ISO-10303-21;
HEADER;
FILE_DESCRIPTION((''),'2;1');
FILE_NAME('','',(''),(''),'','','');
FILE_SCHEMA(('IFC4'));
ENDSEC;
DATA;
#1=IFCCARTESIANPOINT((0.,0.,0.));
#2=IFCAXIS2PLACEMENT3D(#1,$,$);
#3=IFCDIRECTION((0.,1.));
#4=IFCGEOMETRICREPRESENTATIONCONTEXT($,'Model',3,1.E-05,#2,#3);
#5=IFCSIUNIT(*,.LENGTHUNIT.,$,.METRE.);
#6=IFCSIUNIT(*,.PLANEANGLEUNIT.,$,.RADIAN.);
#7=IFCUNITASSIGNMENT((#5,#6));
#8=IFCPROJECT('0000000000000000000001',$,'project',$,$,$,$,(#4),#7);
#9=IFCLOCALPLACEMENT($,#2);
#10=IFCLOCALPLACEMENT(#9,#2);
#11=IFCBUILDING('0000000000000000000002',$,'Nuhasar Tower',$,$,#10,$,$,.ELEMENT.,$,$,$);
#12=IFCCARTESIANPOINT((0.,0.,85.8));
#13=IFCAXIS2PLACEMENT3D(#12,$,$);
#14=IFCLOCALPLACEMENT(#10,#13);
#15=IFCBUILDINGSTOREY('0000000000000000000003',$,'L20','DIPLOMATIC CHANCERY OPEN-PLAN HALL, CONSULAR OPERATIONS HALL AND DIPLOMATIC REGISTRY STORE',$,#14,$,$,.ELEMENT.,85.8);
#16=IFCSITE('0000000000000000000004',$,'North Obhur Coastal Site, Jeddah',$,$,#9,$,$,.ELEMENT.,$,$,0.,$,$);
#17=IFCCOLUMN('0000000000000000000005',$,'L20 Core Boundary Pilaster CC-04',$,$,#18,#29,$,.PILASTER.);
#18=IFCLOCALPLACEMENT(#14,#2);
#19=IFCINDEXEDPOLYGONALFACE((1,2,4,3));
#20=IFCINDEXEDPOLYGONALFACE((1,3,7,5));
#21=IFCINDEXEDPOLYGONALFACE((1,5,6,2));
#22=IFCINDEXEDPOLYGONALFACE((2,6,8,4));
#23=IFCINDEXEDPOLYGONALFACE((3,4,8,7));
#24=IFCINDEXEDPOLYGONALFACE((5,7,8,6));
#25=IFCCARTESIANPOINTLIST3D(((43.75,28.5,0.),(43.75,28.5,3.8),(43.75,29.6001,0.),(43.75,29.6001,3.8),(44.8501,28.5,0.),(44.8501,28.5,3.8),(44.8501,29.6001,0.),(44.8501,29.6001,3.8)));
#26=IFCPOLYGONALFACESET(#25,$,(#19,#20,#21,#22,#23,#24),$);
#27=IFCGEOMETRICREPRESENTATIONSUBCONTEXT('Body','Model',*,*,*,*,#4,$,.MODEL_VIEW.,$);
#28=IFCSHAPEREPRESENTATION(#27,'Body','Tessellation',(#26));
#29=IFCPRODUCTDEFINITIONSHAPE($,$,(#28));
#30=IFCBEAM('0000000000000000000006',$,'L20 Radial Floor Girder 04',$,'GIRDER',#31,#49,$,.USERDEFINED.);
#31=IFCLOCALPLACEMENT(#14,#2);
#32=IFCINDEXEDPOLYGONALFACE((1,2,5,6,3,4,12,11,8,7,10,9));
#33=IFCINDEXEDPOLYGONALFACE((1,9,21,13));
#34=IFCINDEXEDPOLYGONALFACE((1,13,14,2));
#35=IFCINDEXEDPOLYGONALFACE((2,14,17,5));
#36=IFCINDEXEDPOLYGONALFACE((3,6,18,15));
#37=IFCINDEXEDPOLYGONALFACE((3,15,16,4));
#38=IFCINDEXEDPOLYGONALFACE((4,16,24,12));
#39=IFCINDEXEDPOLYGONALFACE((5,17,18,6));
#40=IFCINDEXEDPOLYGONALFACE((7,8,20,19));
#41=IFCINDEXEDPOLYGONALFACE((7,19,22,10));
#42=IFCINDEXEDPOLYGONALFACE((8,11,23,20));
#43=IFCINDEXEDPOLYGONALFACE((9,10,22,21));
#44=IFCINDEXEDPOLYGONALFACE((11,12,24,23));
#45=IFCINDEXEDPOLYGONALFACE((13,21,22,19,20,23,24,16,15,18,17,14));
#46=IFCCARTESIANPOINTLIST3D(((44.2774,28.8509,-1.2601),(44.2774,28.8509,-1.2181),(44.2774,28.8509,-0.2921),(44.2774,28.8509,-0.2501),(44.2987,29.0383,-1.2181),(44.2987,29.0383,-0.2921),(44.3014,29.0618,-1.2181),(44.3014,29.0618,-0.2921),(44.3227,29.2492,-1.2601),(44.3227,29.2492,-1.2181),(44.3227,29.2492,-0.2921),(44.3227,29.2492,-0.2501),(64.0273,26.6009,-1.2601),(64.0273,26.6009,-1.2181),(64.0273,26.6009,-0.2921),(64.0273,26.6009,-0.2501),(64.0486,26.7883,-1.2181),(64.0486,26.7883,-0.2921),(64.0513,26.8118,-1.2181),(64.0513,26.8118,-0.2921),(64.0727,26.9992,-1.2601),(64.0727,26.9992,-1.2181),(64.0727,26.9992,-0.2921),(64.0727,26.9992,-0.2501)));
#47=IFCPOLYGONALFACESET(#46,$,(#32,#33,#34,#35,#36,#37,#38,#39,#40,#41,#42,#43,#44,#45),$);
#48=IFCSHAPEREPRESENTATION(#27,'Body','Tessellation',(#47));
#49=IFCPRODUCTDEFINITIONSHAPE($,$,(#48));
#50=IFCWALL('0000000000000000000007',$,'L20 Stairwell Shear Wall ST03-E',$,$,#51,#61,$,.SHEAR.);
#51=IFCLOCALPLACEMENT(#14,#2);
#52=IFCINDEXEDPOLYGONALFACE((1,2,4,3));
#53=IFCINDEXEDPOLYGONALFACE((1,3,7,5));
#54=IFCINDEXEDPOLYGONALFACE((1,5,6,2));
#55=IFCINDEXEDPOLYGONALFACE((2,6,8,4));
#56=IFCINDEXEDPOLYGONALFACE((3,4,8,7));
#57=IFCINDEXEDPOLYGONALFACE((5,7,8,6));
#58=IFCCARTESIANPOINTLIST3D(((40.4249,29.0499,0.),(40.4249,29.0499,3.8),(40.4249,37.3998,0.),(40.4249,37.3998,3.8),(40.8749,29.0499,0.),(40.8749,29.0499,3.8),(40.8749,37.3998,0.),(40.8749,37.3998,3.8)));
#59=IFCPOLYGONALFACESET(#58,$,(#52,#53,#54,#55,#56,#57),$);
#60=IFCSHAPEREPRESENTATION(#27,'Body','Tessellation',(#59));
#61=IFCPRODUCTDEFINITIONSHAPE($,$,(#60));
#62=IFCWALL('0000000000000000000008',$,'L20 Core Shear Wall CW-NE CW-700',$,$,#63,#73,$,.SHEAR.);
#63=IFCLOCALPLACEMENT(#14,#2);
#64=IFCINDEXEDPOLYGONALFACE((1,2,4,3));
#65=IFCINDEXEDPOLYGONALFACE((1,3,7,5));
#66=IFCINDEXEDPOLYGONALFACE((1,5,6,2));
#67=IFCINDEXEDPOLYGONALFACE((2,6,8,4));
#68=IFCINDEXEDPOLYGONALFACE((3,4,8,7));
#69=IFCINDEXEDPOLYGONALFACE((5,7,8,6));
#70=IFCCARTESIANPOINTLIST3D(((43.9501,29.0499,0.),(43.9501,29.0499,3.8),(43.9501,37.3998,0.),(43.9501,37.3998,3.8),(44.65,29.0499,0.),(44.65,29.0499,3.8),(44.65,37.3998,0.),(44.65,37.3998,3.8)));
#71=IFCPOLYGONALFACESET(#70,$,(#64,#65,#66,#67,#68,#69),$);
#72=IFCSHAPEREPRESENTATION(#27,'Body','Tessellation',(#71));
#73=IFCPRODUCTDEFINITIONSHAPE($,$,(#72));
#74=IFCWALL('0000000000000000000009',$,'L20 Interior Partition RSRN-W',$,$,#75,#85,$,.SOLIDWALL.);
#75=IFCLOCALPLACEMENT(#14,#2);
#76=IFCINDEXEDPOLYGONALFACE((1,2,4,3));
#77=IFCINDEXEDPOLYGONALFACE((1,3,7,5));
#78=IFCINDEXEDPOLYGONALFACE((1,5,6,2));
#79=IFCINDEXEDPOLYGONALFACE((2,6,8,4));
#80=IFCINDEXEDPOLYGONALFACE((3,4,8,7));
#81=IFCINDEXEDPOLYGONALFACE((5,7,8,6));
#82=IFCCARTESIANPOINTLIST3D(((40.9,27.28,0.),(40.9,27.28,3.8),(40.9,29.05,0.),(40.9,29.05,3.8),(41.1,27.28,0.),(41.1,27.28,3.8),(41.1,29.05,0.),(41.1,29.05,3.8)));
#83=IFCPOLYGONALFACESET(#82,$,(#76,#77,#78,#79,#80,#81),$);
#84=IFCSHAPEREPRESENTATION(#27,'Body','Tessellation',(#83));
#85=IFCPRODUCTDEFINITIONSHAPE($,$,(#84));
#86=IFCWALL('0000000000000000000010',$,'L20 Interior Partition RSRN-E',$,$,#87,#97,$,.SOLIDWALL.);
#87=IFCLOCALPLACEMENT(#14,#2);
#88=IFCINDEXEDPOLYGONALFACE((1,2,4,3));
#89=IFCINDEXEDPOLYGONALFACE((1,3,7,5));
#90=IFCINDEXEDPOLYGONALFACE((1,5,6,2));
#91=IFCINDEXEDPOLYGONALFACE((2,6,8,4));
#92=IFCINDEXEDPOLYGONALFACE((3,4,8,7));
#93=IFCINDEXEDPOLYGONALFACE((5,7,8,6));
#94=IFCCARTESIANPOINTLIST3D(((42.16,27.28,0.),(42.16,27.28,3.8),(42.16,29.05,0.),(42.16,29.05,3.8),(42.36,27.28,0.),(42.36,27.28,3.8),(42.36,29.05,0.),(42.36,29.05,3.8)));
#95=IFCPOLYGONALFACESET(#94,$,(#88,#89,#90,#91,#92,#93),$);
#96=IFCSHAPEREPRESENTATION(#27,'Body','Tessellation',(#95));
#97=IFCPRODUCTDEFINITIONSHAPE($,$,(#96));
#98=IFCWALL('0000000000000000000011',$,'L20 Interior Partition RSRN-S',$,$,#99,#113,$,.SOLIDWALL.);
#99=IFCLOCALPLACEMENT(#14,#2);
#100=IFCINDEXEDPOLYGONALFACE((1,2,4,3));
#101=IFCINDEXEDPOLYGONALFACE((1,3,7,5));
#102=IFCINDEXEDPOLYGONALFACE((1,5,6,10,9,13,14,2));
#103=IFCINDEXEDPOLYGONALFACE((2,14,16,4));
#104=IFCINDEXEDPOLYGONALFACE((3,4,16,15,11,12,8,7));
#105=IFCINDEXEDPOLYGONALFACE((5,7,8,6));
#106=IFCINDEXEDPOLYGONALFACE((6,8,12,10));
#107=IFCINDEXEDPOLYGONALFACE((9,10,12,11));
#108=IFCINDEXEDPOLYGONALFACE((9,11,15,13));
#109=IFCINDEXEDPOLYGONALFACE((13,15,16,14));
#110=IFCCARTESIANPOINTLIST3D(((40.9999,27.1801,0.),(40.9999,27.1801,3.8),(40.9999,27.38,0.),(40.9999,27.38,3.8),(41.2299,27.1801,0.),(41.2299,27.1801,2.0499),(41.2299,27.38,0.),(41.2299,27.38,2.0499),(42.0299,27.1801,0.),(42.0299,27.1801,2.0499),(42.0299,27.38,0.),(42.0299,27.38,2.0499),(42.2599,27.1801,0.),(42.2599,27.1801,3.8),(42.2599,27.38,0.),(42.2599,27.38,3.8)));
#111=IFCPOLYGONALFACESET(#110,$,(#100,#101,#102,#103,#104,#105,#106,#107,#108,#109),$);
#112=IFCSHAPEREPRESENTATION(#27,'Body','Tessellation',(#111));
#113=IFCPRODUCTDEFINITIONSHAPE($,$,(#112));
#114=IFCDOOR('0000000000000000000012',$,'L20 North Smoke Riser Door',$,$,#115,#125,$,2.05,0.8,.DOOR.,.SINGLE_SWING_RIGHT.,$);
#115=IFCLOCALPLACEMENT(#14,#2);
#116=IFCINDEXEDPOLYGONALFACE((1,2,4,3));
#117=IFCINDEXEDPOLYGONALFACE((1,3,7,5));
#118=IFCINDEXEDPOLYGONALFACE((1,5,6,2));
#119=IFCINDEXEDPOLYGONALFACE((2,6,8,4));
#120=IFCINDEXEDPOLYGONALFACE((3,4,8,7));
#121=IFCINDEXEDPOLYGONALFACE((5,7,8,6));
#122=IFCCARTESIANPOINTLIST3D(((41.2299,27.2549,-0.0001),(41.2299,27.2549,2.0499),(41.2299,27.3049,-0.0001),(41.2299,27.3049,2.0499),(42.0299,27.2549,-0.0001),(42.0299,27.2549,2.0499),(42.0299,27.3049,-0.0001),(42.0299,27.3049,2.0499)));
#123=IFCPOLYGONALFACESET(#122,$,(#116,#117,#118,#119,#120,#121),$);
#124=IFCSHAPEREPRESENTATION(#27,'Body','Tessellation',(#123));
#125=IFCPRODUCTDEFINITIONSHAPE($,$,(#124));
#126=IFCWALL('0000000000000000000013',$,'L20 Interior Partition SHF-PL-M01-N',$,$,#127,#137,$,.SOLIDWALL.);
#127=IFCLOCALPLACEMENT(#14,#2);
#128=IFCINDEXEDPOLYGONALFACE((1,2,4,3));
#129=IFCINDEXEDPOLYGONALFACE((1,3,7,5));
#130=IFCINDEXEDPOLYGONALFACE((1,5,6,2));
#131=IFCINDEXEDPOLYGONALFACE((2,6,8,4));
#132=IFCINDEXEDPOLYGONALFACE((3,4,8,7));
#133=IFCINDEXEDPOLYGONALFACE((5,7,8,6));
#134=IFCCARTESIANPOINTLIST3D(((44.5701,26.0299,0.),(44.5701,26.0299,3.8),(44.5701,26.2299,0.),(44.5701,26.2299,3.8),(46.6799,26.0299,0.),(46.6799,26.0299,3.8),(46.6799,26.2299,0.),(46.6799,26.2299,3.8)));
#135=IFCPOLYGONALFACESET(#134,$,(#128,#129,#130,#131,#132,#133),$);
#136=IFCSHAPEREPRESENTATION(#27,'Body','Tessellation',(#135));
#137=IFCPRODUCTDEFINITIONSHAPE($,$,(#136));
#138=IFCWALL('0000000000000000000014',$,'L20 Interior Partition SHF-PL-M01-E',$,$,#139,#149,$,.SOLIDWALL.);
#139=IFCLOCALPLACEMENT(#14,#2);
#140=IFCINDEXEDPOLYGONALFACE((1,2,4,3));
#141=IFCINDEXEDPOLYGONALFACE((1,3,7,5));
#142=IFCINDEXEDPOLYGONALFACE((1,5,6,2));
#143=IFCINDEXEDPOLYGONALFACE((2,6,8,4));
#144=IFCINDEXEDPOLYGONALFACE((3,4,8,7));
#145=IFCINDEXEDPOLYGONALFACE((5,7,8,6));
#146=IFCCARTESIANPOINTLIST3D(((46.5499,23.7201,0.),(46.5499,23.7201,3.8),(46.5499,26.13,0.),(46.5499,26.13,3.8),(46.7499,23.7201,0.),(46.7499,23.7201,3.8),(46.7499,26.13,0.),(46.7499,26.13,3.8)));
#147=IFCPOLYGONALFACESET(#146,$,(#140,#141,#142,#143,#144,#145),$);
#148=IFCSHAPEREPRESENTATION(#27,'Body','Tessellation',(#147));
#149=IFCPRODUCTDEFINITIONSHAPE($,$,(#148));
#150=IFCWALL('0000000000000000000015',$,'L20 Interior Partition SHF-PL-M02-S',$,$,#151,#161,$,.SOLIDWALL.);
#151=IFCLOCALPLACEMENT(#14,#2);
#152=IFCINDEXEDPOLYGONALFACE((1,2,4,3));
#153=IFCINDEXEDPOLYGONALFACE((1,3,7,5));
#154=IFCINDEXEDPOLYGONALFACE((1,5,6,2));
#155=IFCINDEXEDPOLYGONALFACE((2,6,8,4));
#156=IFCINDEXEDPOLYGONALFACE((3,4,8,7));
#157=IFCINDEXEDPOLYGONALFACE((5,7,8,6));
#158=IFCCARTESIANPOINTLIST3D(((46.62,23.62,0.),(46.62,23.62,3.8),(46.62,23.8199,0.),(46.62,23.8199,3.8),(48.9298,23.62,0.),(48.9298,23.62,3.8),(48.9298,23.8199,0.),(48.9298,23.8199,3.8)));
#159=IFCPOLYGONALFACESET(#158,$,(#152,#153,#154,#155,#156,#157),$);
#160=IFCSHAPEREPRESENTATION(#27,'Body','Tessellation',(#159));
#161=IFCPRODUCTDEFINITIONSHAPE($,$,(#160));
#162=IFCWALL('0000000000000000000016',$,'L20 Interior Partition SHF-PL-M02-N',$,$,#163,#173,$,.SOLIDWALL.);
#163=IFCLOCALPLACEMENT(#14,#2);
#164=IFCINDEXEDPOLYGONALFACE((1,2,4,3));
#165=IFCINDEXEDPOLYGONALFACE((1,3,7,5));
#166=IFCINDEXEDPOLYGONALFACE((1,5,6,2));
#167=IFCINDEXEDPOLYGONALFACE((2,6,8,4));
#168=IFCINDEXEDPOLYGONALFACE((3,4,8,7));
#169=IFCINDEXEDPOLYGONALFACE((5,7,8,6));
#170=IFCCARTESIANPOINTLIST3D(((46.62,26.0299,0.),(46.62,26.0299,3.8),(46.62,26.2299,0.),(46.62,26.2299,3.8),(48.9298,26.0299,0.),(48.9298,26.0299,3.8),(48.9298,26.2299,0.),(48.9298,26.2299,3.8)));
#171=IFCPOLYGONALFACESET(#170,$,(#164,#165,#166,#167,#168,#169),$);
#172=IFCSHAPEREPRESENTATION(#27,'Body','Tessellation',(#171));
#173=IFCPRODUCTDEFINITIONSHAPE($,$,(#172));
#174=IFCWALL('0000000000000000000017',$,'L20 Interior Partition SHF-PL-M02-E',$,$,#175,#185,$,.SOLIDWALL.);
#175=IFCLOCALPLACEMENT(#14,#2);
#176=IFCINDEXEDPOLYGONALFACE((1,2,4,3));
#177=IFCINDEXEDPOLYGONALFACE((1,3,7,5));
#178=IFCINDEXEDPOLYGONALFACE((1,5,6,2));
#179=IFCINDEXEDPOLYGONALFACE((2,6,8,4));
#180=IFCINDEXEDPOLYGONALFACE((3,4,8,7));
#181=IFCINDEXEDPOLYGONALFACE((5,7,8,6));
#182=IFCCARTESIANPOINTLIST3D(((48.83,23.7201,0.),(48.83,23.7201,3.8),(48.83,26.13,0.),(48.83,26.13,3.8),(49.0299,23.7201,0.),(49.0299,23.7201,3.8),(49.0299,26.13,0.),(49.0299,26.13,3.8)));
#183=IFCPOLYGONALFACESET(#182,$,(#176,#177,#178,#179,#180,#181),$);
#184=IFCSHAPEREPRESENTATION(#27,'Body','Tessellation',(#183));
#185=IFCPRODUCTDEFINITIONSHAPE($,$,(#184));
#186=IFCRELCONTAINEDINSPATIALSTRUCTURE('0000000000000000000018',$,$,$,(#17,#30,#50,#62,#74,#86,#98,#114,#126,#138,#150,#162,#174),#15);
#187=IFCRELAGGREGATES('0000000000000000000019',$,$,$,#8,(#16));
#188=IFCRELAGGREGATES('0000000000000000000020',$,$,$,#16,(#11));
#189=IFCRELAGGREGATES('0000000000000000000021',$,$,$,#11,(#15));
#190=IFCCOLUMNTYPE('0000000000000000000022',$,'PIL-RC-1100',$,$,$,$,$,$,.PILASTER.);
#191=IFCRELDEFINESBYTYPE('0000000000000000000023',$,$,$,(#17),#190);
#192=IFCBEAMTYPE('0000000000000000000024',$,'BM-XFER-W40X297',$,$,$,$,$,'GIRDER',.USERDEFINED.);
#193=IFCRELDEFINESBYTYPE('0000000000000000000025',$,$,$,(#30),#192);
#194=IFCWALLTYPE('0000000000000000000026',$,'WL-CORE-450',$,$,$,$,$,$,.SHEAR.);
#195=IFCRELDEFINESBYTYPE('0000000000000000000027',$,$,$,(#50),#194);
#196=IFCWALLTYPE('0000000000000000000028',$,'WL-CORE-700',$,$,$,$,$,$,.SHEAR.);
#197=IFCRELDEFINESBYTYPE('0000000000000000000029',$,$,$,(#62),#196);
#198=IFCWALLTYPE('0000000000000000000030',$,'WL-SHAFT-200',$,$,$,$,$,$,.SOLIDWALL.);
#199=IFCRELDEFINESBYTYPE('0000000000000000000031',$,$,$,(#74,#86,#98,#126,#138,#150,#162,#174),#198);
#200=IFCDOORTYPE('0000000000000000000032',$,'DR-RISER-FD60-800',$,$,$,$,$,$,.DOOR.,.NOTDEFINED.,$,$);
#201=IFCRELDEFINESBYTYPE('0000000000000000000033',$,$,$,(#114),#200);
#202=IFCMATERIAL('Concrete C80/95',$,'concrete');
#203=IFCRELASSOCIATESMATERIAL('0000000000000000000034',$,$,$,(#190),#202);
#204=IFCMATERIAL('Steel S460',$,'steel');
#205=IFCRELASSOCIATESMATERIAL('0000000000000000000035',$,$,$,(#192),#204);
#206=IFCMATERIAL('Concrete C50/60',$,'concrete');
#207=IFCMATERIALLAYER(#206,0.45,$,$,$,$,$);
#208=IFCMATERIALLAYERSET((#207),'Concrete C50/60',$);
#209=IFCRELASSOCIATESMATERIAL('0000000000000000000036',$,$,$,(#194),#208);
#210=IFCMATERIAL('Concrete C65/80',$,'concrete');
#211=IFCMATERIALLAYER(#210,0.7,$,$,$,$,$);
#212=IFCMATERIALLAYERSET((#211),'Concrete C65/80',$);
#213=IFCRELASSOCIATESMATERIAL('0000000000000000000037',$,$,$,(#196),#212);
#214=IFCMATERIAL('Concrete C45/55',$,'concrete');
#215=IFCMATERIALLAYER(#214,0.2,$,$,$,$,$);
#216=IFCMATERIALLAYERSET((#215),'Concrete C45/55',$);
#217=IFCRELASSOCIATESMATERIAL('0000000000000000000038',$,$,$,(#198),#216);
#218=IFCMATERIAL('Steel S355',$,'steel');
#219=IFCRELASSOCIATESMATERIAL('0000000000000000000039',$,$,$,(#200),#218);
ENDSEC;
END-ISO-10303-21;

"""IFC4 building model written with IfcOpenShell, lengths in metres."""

from ifc_helpers import new_model, si_unit, direction, frame, frame_2d, origin, origin_2d, place, context, subcontext, project, spatial, rectangle, i_section, extrude, material, layer, layer_set, material_profile, profile_set, type_object, element, fill, save


model = new_model("IFC4")

# Units and contexts
model_context = context("Model", 3, precision=1e-05, world=origin(), true_north=direction((0.0, 1.0)))
body_context = subcontext(model_context, "Body", "Model", "MODEL_VIEW")
ifc_project = project(units=[si_unit("LENGTHUNIT", "METRE"), si_unit("PLANEANGLEUNIT", "RADIAN")], contexts=[model_context])

# Site, building, storey
site_placement = place(None, origin())
site = spatial("IfcSite", under=ifc_project, at=site_placement, Name="North Obhur Coastal Site, Jeddah", CompositionType="ELEMENT", RefElevation=0.0)
building_placement = place(site_placement, origin())
building = spatial("IfcBuilding", under=site, at=building_placement, Name="Nuhasar Tower", CompositionType="ELEMENT")
storey_placement = place(building_placement, frame((0.0, 0.0, 85.8)))
storey = spatial("IfcBuildingStorey", under=building, at=storey_placement, Name="L20", Description="DIPLOMATIC CHANCERY OPEN-PLAN HALL, CONSULAR OPERATIONS HALL AND DIPLOMATIC REGISTRY STORE", CompositionType="ELEMENT", Elevation=85.8)

# Column
ifc_material_1 = material(Name="Concrete C80/95", Category="concrete")
ifc_material_profile_1 = material_profile(ifc_material_1, rectangle(XDim=1.1001, YDim=1.1001, at=origin_2d()), Name="RC1100X1100")
ifc_profile_set_1 = profile_set([ifc_material_profile_1], Name="Concrete C80/95")
column_type = type_object("IfcColumnType", Name="PIL-RC-1100", PredefinedType="PILASTER", material=ifc_profile_set_1)
column_placement = place(storey_placement, frame((44.3, 29.05, 0.0), z_axis=(0.0, 0.0, 1.0), x_axis=(1.0, 0.0, 0.0)))
element("IfcColumn", 1, at=column_placement, inside=storey, type_object=column_type, Name="L20 Core Boundary Pilaster CC-04", PredefinedType="PILASTER", context=body_context, shape_type="SweptSolid", body=[
    extrude(rectangle(XDim=1.1001, YDim=1.1001, at=origin_2d()), origin(), (0.0, 0.0, 1.0), 3.8),
])

# Beam
ifc_material_2 = material(Name="Steel S460", Category="steel")
ifc_material_profile_2 = material_profile(ifc_material_2, i_section(OverallWidth=0.4009, OverallDepth=1.01, WebThickness=0.0237, FlangeThickness=0.042, at=origin_2d()), Name="W40X297")
ifc_profile_set_2 = profile_set([ifc_material_profile_2], Name="Steel S460")
beam_type = type_object("IfcBeamType", Name="BM-XFER-W40X297", ElementType="GIRDER", PredefinedType="USERDEFINED", material=ifc_profile_set_2)
beam_placement = place(storey_placement, frame((44.3, 29.05, -0.7551), z_axis=(0.993573, -0.113192, 0.0), x_axis=(0.113192, 0.993573, 0.0)))
element("IfcBeam", 2, at=beam_placement, inside=storey, type_object=beam_type, Name="L20 Radial Floor Girder 04", ObjectType="GIRDER", PredefinedType="USERDEFINED", context=body_context, shape_type="SweptSolid", body=[
    extrude(i_section(OverallWidth=0.4009, OverallDepth=1.01, WebThickness=0.0237, FlangeThickness=0.042, at=origin_2d()), origin(), (0.0, 0.0, 1.0), 19.8777),
])

# Walls
ifc_material_3 = material(Name="Concrete C50/60", Category="concrete")
ifc_layer_1 = layer(ifc_material_3, 0.45)
ifc_layer_set_1 = layer_set([ifc_layer_1], Name="Concrete C50/60")
wall_type_1 = type_object("IfcWallType", Name="WL-CORE-450", PredefinedType="SHEAR", material=ifc_layer_set_1)
wall_1_placement = place(storey_placement, frame((40.6499, 29.05, 0.0), z_axis=(0.0, 0.0, 1.0), x_axis=(0.0, 1.0, 0.0)))
element("IfcWall", 3, at=wall_1_placement, inside=storey, type_object=wall_type_1, Name="L20 Stairwell Shear Wall ST03-E", PredefinedType="SHEAR", context=body_context, shape_type="SweptSolid", body=[
    extrude(rectangle(XDim=8.3499, YDim=0.45, at=frame_2d((4.1748, 0.0))), origin(), (0.0, 0.0, 1.0), 3.8),
])
ifc_material_4 = material(Name="Concrete C65/80", Category="concrete")
ifc_layer_2 = layer(ifc_material_4, 0.7)
ifc_layer_set_2 = layer_set([ifc_layer_2], Name="Concrete C65/80")
wall_type_2 = type_object("IfcWallType", Name="WL-CORE-700", PredefinedType="SHEAR", material=ifc_layer_set_2)
wall_2_placement = place(storey_placement, frame((44.3, 29.05, 0.0), z_axis=(0.0, 0.0, 1.0), x_axis=(0.0, 1.0, 0.0)))
element("IfcWall", 4, at=wall_2_placement, inside=storey, type_object=wall_type_2, Name="L20 Core Shear Wall CW-NE CW-700", PredefinedType="SHEAR", context=body_context, shape_type="SweptSolid", body=[
    extrude(rectangle(XDim=8.3499, YDim=0.7, at=frame_2d((4.1748, 0.0))), origin(), (0.0, 0.0, 1.0), 3.8),
])
ifc_material_5 = material(Name="Concrete C45/55", Category="concrete")
ifc_layer_3 = layer(ifc_material_5, 0.2)
ifc_layer_set_3 = layer_set([ifc_layer_3], Name="Concrete C45/55")
wall_type_3 = type_object("IfcWallType", Name="WL-SHAFT-200", PredefinedType="SOLIDWALL", material=ifc_layer_set_3)
for number, where, z_axis, x_axis, name in (
    (5, (41.0, 27.28, 0.0), (0.0, 0.0, 1.0), (0.0, 1.0, 0.0), "L20 Interior Partition RSRN-W"),
    (6, (42.26, 27.28, 0.0), (0.0, 0.0, 1.0), (0.0, 1.0, 0.0), "L20 Interior Partition RSRN-E"),
):
    element("IfcWall", number, at=place(storey_placement, frame(where, z_axis=z_axis, x_axis=x_axis)), inside=storey, type_object=wall_type_3, Name=name, PredefinedType="SOLIDWALL", context=body_context, shape_type="SweptSolid", body=[
        extrude(rectangle(XDim=1.77, YDim=0.2, at=frame_2d((0.885, 0.0))), origin(), (0.0, 0.0, 1.0), 3.8),
    ])

# Wall, opening, door
wall_3_placement = place(storey_placement, frame((41.0, 27.28, 0.0), z_axis=(0.0, 0.0, 1.0), x_axis=(1.0, 0.0, 0.0)))
wall_3 = element("IfcWall", 7, at=wall_3_placement, inside=storey, type_object=wall_type_3, Name="L20 Interior Partition RSRN-S", PredefinedType="SOLIDWALL", context=body_context, shape_type="SweptSolid", body=[
    extrude(rectangle(XDim=1.26, YDim=0.2, at=frame_2d((0.6299, 0.0))), origin(), (0.0, 0.0, 1.0), 3.8),
])
opening_1_placement = place(wall_3_placement, frame((0.23, 0.0, 0.0)))
opening_1 = element("IfcOpeningElement", 8, at=opening_1_placement, cuts=wall_3, PredefinedType="OPENING", context=body_context, shape_type="SweptSolid", body=[
    extrude(rectangle(XDim=0.8, YDim=2.05, at=frame_2d((0.3999, 1.0249))), frame((0.0, 0.1099, 0.0), z_axis=(0.0, -1.0, 0.0), x_axis=(1.0, 0.0, 0.0)), (0.0, 0.0, 1.0), 0.22),
])
ifc_material_6 = material(Name="Steel S355", Category="steel")
door_type = type_object("IfcDoorType", Name="DR-RISER-FD60-800", OperationType="NOTDEFINED", PredefinedType="DOOR", material=ifc_material_6)
door_1_placement = place(opening_1_placement, origin())
door_1 = element("IfcDoor", 9, at=door_1_placement, inside=storey, type_object=door_type, Name="L20 North Smoke Riser Door", OperationType="SINGLE_SWING_RIGHT", OverallHeight=2.05, OverallWidth=0.8, PredefinedType="DOOR", context=body_context, shape_type="SweptSolid", body=[
    extrude(rectangle(XDim=0.8, YDim=2.05, at=frame_2d((0.3999, 1.0249))), frame((0.0, 0.0249, 0.0), z_axis=(0.0, -1.0, 0.0), x_axis=(1.0, 0.0, 0.0)), (0.0, 0.0, 1.0), 0.05),
])
fill(opening_1, door_1)

# Walls
wall_4_placement = place(storey_placement, frame((44.5701, 26.1299, 0.0), z_axis=(0.0, 0.0, 1.0), x_axis=(1.0, 0.0, 0.0)))
element("IfcWall", 10, at=wall_4_placement, inside=storey, type_object=wall_type_3, Name="L20 Interior Partition SHF-PL-M01-N", PredefinedType="SOLIDWALL", context=body_context, shape_type="SweptSolid", body=[
    extrude(rectangle(XDim=2.1099, YDim=0.2, at=frame_2d((1.0549, 0.0))), origin(), (0.0, 0.0, 1.0), 3.8),
])
wall_5_placement = place(storey_placement, frame((46.6499, 23.72, 0.0), z_axis=(0.0, 0.0, 1.0), x_axis=(0.0, 1.0, 0.0)))
element("IfcWall", 11, at=wall_5_placement, inside=storey, type_object=wall_type_3, Name="L20 Interior Partition SHF-PL-M01-E", PredefinedType="SOLIDWALL", context=body_context, shape_type="SweptSolid", body=[
    extrude(rectangle(XDim=2.4099, YDim=0.2, at=frame_2d((1.2051, 0.0))), origin(), (0.0, 0.0, 1.0), 3.8),
])
for number, where, z_axis, x_axis, name in (
    (12, (46.6201, 23.72, 0.0), (0.0, 0.0, 1.0), (1.0, 0.0, 0.0), "L20 Interior Partition SHF-PL-M02-S"),
    (13, (46.6201, 26.1299, 0.0), (0.0, 0.0, 1.0), (1.0, 0.0, 0.0), "L20 Interior Partition SHF-PL-M02-N"),
):
    element("IfcWall", number, at=place(storey_placement, frame(where, z_axis=z_axis, x_axis=x_axis)), inside=storey, type_object=wall_type_3, Name=name, PredefinedType="SOLIDWALL", context=body_context, shape_type="SweptSolid", body=[
        extrude(rectangle(XDim=2.3098, YDim=0.2, at=frame_2d((1.1548, 0.0))), origin(), (0.0, 0.0, 1.0), 3.8),
    ])
wall_6_placement = place(storey_placement, frame((48.9299, 23.72, 0.0), z_axis=(0.0, 0.0, 1.0), x_axis=(0.0, 1.0, 0.0)))
element("IfcWall", 14, at=wall_6_placement, inside=storey, type_object=wall_type_3, Name="L20 Interior Partition SHF-PL-M02-E", PredefinedType="SOLIDWALL", context=body_context, shape_type="SweptSolid", body=[
    extrude(rectangle(XDim=2.4099, YDim=0.2, at=frame_2d((1.2051, 0.0))), origin(), (0.0, 0.0, 1.0), 3.8),
])

save(model, "model.ifc")
